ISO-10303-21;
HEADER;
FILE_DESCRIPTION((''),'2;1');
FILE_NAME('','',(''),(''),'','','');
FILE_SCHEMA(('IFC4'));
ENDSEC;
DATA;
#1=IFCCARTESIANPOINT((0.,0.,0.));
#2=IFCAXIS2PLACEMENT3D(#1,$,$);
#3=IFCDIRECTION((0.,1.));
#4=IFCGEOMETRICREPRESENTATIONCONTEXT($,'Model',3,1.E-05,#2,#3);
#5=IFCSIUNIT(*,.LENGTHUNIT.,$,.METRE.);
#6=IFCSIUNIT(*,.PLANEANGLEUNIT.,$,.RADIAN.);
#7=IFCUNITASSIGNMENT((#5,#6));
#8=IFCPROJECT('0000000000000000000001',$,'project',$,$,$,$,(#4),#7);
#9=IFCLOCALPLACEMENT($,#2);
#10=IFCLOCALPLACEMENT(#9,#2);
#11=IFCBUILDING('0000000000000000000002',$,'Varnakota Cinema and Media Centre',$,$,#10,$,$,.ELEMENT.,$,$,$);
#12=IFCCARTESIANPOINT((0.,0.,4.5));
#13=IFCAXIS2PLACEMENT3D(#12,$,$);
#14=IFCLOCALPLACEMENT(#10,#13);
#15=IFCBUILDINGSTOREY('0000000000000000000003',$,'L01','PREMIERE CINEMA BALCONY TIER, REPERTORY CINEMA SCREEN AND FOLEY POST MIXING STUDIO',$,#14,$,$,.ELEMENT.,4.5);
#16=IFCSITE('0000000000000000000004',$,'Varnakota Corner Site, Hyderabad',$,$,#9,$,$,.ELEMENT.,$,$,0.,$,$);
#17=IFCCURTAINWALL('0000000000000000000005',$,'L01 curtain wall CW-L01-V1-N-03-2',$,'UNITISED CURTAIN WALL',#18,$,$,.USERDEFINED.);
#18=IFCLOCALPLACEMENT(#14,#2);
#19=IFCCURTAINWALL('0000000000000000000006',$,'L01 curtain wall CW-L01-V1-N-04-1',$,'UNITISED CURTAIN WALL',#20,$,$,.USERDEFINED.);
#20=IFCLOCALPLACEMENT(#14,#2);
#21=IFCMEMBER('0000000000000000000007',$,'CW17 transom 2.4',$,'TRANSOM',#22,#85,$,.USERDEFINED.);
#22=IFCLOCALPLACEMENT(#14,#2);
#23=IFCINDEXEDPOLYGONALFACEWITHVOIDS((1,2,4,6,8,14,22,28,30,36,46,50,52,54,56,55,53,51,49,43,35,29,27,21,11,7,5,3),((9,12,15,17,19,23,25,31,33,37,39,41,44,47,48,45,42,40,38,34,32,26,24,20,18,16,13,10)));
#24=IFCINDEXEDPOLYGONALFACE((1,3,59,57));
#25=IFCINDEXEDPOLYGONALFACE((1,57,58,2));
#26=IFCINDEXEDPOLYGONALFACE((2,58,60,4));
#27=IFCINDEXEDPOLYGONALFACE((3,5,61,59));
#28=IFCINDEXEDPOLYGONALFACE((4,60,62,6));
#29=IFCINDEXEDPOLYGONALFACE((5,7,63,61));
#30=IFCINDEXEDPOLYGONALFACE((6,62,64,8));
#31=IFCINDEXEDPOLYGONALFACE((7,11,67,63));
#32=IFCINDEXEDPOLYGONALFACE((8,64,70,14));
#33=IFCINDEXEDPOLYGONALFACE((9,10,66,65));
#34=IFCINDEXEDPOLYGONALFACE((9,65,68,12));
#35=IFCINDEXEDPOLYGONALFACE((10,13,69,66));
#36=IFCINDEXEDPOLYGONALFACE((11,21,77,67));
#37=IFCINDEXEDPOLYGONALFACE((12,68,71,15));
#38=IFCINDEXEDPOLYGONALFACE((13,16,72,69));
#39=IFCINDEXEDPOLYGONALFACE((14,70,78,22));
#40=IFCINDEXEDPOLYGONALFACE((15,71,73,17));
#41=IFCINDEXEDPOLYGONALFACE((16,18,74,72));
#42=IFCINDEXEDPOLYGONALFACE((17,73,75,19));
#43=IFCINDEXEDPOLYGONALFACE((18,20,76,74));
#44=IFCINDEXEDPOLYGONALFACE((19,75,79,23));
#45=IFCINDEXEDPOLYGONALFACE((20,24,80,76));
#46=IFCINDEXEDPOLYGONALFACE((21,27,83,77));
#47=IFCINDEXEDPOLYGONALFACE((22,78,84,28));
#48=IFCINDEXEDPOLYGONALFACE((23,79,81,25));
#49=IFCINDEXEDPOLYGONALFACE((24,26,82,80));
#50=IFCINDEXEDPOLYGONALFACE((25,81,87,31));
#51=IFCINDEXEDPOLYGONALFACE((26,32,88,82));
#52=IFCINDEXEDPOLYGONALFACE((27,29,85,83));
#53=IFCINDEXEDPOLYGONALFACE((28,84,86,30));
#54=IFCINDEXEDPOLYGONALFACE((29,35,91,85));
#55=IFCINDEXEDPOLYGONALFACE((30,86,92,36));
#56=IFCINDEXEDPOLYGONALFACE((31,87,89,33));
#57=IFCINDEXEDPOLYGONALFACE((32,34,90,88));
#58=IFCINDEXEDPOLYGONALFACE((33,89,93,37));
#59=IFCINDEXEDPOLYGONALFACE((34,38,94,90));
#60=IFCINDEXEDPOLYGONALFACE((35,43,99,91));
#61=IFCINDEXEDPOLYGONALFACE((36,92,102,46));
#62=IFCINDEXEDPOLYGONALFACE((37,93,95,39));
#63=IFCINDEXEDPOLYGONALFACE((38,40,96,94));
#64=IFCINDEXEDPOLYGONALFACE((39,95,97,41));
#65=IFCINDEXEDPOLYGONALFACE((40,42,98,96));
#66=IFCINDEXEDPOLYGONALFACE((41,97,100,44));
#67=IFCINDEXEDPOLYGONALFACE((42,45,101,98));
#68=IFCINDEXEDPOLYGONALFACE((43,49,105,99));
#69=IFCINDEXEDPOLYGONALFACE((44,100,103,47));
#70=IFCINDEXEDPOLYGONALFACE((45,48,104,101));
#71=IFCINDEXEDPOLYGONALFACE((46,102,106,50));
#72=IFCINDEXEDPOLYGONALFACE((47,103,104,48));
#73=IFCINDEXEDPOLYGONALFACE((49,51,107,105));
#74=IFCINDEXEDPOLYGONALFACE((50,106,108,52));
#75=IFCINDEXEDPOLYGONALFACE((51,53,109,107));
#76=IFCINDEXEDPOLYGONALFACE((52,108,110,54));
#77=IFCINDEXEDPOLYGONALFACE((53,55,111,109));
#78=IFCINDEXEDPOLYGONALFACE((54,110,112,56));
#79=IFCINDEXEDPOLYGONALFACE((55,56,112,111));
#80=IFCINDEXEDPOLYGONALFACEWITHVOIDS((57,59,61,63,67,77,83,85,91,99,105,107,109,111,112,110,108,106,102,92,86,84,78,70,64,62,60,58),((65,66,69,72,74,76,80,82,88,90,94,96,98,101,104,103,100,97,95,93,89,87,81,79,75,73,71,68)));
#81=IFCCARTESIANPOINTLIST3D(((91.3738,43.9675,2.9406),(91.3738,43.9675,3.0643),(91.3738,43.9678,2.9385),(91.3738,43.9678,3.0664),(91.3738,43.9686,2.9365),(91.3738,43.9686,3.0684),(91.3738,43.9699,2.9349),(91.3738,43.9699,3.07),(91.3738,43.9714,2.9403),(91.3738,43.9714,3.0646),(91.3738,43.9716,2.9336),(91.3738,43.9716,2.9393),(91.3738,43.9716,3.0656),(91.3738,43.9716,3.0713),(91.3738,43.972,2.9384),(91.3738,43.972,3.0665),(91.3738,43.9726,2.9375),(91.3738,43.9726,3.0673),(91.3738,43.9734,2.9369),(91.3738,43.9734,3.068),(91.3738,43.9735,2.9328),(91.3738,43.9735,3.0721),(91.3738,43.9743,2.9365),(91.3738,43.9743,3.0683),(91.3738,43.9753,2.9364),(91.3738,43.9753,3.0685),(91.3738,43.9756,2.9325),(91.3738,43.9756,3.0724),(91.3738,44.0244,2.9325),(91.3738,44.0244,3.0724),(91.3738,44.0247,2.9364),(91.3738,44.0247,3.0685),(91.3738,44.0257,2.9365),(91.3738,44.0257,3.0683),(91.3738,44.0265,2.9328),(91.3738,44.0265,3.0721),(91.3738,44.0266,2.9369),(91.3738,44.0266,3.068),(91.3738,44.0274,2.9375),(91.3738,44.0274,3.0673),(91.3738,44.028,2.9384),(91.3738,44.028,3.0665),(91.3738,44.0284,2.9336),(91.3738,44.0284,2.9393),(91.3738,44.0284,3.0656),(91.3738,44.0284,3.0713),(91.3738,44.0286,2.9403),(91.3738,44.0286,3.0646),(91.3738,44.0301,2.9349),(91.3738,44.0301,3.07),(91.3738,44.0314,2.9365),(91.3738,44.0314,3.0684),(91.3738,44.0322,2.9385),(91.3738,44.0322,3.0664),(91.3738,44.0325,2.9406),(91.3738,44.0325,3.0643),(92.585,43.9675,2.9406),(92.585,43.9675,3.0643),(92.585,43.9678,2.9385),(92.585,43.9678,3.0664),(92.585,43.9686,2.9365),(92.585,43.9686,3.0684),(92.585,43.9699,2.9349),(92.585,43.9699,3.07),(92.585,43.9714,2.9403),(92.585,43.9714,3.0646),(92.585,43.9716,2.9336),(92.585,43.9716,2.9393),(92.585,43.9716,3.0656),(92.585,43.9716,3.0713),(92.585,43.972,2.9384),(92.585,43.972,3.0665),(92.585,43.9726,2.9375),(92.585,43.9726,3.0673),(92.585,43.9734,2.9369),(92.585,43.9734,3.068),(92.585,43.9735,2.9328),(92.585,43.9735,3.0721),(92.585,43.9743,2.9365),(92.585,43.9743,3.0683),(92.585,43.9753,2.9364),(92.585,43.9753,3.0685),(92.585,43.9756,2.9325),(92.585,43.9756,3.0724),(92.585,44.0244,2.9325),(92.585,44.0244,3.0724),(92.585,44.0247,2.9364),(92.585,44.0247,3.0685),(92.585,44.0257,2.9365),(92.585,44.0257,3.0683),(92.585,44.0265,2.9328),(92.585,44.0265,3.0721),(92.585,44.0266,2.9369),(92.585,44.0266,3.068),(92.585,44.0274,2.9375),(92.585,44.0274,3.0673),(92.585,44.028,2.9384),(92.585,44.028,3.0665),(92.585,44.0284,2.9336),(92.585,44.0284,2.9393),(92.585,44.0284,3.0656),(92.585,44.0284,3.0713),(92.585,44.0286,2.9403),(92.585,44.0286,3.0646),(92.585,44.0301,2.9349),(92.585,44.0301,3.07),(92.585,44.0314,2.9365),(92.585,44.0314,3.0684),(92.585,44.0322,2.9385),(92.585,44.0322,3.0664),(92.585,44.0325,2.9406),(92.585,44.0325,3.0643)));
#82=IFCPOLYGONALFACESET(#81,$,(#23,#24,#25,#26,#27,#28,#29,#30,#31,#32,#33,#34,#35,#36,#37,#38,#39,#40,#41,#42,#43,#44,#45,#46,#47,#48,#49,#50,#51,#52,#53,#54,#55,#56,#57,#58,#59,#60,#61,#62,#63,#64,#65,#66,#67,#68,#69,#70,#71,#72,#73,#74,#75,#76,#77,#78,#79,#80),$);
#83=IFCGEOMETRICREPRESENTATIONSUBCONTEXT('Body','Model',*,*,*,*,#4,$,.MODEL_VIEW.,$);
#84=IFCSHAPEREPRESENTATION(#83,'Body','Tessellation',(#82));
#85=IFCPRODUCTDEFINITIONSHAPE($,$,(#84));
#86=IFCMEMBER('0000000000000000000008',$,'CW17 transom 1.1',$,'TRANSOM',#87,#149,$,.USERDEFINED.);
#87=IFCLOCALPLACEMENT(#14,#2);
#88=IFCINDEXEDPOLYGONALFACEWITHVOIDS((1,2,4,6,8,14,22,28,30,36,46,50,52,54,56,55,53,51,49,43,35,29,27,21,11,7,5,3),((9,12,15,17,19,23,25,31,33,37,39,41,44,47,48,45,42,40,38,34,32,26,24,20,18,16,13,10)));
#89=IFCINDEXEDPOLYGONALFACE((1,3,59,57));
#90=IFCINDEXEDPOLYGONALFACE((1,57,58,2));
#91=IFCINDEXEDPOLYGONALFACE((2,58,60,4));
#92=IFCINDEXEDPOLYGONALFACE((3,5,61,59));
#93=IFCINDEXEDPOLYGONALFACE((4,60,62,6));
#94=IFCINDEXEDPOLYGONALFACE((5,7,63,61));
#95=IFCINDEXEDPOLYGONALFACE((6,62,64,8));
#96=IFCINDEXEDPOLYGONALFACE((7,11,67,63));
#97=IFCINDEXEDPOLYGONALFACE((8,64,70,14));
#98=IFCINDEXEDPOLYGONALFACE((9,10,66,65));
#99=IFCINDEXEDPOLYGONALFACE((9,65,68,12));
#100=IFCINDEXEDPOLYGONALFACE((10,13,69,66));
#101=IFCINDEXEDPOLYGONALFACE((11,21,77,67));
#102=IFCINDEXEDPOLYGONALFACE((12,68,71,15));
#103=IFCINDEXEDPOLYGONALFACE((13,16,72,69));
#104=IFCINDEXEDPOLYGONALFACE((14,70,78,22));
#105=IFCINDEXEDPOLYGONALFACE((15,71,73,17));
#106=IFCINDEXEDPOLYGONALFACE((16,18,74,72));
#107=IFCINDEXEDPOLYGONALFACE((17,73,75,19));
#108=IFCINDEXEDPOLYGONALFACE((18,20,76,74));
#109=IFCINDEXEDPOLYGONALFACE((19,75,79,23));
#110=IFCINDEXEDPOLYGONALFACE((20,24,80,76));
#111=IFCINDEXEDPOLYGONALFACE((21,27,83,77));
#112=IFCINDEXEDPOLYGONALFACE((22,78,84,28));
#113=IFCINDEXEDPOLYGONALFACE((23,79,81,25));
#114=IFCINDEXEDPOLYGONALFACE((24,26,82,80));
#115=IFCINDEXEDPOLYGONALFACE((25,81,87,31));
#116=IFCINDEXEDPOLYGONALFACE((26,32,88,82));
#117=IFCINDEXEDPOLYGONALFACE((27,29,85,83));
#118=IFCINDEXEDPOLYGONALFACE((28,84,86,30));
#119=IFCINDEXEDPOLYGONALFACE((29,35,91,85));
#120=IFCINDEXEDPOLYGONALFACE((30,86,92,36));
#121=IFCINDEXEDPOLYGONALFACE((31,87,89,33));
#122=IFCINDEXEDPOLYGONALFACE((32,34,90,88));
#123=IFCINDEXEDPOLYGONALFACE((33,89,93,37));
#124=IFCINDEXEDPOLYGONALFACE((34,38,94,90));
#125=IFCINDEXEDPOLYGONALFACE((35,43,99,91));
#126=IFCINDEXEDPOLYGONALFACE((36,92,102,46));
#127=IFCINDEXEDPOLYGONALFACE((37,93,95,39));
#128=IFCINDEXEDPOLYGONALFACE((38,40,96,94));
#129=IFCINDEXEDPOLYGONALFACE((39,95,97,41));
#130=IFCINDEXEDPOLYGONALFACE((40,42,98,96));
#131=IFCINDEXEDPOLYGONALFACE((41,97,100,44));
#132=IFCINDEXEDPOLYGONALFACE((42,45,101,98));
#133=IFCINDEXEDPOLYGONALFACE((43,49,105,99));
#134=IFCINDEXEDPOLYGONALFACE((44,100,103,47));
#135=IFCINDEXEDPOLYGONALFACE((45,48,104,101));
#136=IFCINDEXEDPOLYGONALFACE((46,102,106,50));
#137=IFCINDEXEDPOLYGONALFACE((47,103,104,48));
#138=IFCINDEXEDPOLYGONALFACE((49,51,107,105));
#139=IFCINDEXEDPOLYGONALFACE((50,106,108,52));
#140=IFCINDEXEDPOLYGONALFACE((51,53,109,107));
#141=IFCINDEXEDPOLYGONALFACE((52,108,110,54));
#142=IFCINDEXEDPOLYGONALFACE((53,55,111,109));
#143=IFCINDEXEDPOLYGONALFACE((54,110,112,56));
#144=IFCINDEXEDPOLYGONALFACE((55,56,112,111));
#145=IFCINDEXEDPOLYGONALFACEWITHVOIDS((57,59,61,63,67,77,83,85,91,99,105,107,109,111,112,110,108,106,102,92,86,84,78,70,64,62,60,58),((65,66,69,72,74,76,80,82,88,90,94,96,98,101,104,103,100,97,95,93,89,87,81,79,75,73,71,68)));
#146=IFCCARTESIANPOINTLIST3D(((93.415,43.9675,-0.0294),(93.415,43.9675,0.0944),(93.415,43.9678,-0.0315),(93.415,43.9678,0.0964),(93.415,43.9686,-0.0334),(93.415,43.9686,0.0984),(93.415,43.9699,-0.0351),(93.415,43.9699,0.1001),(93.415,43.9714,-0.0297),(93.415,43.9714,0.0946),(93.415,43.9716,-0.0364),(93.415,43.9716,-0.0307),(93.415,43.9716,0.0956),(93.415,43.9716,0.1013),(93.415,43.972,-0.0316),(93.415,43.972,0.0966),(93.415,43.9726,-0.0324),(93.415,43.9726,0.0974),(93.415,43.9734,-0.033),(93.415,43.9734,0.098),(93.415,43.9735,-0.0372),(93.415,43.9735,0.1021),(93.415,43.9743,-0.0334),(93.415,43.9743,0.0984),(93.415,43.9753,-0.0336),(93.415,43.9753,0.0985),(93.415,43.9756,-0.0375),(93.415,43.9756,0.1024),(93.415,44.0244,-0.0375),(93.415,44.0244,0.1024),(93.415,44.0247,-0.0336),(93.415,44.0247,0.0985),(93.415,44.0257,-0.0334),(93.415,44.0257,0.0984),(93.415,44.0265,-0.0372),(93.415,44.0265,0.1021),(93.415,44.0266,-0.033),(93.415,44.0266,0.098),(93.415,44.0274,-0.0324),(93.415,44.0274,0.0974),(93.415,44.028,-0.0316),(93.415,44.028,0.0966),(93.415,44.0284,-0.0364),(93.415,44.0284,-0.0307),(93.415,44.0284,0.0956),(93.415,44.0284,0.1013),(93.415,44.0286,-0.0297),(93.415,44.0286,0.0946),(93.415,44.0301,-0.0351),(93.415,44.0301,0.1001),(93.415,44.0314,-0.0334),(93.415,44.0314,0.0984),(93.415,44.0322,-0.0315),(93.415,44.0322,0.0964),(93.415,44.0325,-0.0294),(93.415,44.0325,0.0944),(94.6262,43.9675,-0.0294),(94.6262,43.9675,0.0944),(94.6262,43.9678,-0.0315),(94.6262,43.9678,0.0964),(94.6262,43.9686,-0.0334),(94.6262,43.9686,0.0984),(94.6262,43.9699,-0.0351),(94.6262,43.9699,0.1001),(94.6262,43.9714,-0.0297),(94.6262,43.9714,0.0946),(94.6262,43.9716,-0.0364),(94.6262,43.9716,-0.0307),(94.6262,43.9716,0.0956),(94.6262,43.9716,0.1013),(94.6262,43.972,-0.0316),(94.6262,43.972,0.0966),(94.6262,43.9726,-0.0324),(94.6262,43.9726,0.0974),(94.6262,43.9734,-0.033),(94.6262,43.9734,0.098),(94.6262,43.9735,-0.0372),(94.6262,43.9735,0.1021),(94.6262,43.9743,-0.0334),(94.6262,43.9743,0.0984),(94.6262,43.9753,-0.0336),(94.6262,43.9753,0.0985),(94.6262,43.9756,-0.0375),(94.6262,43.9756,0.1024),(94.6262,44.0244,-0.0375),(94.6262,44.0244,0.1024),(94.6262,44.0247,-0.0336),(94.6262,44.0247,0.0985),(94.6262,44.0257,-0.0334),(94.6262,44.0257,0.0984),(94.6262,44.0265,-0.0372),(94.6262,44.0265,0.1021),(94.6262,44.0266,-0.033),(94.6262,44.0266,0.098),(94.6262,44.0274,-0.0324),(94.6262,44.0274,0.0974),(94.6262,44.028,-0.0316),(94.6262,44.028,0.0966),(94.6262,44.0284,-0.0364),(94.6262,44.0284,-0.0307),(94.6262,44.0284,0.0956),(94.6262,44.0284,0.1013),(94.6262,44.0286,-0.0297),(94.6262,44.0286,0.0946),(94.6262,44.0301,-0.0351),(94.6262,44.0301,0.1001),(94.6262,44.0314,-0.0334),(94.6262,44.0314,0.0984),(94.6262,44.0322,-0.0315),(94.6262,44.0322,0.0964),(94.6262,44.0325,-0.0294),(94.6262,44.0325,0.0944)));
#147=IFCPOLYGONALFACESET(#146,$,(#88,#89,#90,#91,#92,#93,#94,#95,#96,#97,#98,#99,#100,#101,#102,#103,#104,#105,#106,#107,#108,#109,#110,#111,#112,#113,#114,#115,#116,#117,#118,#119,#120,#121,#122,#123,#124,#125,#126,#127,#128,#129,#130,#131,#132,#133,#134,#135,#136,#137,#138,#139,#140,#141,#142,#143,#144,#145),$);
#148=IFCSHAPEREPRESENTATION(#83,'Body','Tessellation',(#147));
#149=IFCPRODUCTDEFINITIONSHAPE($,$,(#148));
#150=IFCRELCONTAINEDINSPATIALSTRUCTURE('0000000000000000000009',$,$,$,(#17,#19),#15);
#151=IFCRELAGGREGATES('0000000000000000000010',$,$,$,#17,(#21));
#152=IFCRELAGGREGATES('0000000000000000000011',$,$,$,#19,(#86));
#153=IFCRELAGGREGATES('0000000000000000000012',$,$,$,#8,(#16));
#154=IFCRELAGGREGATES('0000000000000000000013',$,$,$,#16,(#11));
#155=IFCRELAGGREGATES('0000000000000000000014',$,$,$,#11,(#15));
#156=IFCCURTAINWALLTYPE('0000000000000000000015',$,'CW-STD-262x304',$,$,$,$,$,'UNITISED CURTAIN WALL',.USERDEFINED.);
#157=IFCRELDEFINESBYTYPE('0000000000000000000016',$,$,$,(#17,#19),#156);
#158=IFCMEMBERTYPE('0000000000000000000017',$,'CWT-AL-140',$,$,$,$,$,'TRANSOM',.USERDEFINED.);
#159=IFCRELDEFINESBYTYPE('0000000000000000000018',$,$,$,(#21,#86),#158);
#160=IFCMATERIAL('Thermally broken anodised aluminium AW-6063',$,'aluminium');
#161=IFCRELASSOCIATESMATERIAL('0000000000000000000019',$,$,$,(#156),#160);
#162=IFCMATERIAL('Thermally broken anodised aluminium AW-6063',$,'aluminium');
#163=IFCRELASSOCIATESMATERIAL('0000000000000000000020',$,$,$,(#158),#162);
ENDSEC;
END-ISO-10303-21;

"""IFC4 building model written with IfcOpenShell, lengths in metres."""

from ifc_helpers import new_model, si_unit, direction, frame, origin, origin_2d, place, context, subcontext, project, spatial, hollow_rectangle, extrude, material, material_profile, profile_set, type_object, element, aggregate, save


model = new_model("IFC4")

# Units and contexts
model_context = context("Model", 3, precision=1e-05, world=origin(), true_north=direction((0.0, 1.0)))
body_context = subcontext(model_context, "Body", "Model", "MODEL_VIEW")
ifc_project = project(units=[si_unit("LENGTHUNIT", "METRE"), si_unit("PLANEANGLEUNIT", "RADIAN")], contexts=[model_context])

# Site, building, storey
site_placement = place(None, origin())
site = spatial("IfcSite", under=ifc_project, at=site_placement, Name="Varnakota Corner Site, Hyderabad", CompositionType="ELEMENT", RefElevation=0.0)
building_placement = place(site_placement, origin())
building = spatial("IfcBuilding", under=site, at=building_placement, Name="Varnakota Cinema and Media Centre", CompositionType="ELEMENT")
storey_placement = place(building_placement, frame((0.0, 0.0, 4.5)))
storey = spatial("IfcBuildingStorey", under=building, at=storey_placement, Name="L01", Description="PREMIERE CINEMA BALCONY TIER, REPERTORY CINEMA SCREEN AND FOLEY POST MIXING STUDIO", CompositionType="ELEMENT", Elevation=4.5)

# Shared definitions
ifc_material_1 = material(Name="Thermally broken anodised aluminium AW-6063", Category="aluminium")
curtain_wall_type = type_object("IfcCurtainWallType", Name="CW-STD-262x304", ElementType="UNITISED CURTAIN WALL", PredefinedType="USERDEFINED", material=ifc_material_1)

# Curtain wall
curtain_wall_1_placement = place(storey_placement, origin())
curtain_wall_1 = element("IfcCurtainWall", 1, at=curtain_wall_1_placement, inside=storey, type_object=curtain_wall_type, Name="L01 curtain wall CW-L01-V1-N-03-2", ObjectType="UNITISED CURTAIN WALL", PredefinedType="USERDEFINED")

# Curtain wall
curtain_wall_2_placement = place(storey_placement, origin())
curtain_wall_2 = element("IfcCurtainWall", 2, at=curtain_wall_2_placement, inside=storey, type_object=curtain_wall_type, Name="L01 curtain wall CW-L01-V1-N-04-1", ObjectType="UNITISED CURTAIN WALL", PredefinedType="USERDEFINED")

# Members
ifc_material_2 = material(Name="Thermally broken anodised aluminium AW-6063", Category="aluminium")
ifc_material_profile_1 = material_profile(ifc_material_2, hollow_rectangle(XDim=0.0649, YDim=0.1399, WallThickness=0.0039, InnerFilletRadius=0.0039, OuterFilletRadius=0.0081, at=origin_2d()), Name="AL-TRANSOM 140x65x4")
ifc_profile_set_1 = profile_set([ifc_material_profile_1], Name="Thermally broken anodised aluminium AW-6063")
member_type_1 = type_object("IfcMemberType", Name="CWT-AL-140", ElementType="TRANSOM", PredefinedType="USERDEFINED", material=ifc_profile_set_1)
member_1_placement = place(storey_placement, frame((91.3738, 44.0, 3.0024), z_axis=(1.0, 0.0, 0.0), x_axis=(0.0, 1.0, 0.0)))
member_1 = element("IfcMember", 3, at=member_1_placement, type_object=member_type_1, Name="CW17 transom 2.4", ObjectType="TRANSOM", PredefinedType="USERDEFINED", context=body_context, shape_type="SweptSolid", body=[
    extrude(hollow_rectangle(XDim=0.0649, YDim=0.1399, WallThickness=0.0039, InnerFilletRadius=0.0039, OuterFilletRadius=0.0081, at=origin_2d()), origin(), (0.0, 0.0, 1.0), 1.2112),
])
member_2_placement = place(storey_placement, frame((93.415, 44.0, 0.0325), z_axis=(1.0, 0.0, 0.0), x_axis=(0.0, 1.0, 0.0)))
member_2 = element("IfcMember", 4, at=member_2_placement, type_object=member_type_1, Name="CW17 transom 1.1", ObjectType="TRANSOM", PredefinedType="USERDEFINED", context=body_context, shape_type="SweptSolid", body=[
    extrude(hollow_rectangle(XDim=0.0649, YDim=0.1399, WallThickness=0.0039, InnerFilletRadius=0.0039, OuterFilletRadius=0.0081, at=origin_2d()), origin(), (0.0, 0.0, 1.0), 1.2112),
])

aggregate(curtain_wall_1, [member_1])
aggregate(curtain_wall_2, [member_2])

save(model, "model.ifc")
